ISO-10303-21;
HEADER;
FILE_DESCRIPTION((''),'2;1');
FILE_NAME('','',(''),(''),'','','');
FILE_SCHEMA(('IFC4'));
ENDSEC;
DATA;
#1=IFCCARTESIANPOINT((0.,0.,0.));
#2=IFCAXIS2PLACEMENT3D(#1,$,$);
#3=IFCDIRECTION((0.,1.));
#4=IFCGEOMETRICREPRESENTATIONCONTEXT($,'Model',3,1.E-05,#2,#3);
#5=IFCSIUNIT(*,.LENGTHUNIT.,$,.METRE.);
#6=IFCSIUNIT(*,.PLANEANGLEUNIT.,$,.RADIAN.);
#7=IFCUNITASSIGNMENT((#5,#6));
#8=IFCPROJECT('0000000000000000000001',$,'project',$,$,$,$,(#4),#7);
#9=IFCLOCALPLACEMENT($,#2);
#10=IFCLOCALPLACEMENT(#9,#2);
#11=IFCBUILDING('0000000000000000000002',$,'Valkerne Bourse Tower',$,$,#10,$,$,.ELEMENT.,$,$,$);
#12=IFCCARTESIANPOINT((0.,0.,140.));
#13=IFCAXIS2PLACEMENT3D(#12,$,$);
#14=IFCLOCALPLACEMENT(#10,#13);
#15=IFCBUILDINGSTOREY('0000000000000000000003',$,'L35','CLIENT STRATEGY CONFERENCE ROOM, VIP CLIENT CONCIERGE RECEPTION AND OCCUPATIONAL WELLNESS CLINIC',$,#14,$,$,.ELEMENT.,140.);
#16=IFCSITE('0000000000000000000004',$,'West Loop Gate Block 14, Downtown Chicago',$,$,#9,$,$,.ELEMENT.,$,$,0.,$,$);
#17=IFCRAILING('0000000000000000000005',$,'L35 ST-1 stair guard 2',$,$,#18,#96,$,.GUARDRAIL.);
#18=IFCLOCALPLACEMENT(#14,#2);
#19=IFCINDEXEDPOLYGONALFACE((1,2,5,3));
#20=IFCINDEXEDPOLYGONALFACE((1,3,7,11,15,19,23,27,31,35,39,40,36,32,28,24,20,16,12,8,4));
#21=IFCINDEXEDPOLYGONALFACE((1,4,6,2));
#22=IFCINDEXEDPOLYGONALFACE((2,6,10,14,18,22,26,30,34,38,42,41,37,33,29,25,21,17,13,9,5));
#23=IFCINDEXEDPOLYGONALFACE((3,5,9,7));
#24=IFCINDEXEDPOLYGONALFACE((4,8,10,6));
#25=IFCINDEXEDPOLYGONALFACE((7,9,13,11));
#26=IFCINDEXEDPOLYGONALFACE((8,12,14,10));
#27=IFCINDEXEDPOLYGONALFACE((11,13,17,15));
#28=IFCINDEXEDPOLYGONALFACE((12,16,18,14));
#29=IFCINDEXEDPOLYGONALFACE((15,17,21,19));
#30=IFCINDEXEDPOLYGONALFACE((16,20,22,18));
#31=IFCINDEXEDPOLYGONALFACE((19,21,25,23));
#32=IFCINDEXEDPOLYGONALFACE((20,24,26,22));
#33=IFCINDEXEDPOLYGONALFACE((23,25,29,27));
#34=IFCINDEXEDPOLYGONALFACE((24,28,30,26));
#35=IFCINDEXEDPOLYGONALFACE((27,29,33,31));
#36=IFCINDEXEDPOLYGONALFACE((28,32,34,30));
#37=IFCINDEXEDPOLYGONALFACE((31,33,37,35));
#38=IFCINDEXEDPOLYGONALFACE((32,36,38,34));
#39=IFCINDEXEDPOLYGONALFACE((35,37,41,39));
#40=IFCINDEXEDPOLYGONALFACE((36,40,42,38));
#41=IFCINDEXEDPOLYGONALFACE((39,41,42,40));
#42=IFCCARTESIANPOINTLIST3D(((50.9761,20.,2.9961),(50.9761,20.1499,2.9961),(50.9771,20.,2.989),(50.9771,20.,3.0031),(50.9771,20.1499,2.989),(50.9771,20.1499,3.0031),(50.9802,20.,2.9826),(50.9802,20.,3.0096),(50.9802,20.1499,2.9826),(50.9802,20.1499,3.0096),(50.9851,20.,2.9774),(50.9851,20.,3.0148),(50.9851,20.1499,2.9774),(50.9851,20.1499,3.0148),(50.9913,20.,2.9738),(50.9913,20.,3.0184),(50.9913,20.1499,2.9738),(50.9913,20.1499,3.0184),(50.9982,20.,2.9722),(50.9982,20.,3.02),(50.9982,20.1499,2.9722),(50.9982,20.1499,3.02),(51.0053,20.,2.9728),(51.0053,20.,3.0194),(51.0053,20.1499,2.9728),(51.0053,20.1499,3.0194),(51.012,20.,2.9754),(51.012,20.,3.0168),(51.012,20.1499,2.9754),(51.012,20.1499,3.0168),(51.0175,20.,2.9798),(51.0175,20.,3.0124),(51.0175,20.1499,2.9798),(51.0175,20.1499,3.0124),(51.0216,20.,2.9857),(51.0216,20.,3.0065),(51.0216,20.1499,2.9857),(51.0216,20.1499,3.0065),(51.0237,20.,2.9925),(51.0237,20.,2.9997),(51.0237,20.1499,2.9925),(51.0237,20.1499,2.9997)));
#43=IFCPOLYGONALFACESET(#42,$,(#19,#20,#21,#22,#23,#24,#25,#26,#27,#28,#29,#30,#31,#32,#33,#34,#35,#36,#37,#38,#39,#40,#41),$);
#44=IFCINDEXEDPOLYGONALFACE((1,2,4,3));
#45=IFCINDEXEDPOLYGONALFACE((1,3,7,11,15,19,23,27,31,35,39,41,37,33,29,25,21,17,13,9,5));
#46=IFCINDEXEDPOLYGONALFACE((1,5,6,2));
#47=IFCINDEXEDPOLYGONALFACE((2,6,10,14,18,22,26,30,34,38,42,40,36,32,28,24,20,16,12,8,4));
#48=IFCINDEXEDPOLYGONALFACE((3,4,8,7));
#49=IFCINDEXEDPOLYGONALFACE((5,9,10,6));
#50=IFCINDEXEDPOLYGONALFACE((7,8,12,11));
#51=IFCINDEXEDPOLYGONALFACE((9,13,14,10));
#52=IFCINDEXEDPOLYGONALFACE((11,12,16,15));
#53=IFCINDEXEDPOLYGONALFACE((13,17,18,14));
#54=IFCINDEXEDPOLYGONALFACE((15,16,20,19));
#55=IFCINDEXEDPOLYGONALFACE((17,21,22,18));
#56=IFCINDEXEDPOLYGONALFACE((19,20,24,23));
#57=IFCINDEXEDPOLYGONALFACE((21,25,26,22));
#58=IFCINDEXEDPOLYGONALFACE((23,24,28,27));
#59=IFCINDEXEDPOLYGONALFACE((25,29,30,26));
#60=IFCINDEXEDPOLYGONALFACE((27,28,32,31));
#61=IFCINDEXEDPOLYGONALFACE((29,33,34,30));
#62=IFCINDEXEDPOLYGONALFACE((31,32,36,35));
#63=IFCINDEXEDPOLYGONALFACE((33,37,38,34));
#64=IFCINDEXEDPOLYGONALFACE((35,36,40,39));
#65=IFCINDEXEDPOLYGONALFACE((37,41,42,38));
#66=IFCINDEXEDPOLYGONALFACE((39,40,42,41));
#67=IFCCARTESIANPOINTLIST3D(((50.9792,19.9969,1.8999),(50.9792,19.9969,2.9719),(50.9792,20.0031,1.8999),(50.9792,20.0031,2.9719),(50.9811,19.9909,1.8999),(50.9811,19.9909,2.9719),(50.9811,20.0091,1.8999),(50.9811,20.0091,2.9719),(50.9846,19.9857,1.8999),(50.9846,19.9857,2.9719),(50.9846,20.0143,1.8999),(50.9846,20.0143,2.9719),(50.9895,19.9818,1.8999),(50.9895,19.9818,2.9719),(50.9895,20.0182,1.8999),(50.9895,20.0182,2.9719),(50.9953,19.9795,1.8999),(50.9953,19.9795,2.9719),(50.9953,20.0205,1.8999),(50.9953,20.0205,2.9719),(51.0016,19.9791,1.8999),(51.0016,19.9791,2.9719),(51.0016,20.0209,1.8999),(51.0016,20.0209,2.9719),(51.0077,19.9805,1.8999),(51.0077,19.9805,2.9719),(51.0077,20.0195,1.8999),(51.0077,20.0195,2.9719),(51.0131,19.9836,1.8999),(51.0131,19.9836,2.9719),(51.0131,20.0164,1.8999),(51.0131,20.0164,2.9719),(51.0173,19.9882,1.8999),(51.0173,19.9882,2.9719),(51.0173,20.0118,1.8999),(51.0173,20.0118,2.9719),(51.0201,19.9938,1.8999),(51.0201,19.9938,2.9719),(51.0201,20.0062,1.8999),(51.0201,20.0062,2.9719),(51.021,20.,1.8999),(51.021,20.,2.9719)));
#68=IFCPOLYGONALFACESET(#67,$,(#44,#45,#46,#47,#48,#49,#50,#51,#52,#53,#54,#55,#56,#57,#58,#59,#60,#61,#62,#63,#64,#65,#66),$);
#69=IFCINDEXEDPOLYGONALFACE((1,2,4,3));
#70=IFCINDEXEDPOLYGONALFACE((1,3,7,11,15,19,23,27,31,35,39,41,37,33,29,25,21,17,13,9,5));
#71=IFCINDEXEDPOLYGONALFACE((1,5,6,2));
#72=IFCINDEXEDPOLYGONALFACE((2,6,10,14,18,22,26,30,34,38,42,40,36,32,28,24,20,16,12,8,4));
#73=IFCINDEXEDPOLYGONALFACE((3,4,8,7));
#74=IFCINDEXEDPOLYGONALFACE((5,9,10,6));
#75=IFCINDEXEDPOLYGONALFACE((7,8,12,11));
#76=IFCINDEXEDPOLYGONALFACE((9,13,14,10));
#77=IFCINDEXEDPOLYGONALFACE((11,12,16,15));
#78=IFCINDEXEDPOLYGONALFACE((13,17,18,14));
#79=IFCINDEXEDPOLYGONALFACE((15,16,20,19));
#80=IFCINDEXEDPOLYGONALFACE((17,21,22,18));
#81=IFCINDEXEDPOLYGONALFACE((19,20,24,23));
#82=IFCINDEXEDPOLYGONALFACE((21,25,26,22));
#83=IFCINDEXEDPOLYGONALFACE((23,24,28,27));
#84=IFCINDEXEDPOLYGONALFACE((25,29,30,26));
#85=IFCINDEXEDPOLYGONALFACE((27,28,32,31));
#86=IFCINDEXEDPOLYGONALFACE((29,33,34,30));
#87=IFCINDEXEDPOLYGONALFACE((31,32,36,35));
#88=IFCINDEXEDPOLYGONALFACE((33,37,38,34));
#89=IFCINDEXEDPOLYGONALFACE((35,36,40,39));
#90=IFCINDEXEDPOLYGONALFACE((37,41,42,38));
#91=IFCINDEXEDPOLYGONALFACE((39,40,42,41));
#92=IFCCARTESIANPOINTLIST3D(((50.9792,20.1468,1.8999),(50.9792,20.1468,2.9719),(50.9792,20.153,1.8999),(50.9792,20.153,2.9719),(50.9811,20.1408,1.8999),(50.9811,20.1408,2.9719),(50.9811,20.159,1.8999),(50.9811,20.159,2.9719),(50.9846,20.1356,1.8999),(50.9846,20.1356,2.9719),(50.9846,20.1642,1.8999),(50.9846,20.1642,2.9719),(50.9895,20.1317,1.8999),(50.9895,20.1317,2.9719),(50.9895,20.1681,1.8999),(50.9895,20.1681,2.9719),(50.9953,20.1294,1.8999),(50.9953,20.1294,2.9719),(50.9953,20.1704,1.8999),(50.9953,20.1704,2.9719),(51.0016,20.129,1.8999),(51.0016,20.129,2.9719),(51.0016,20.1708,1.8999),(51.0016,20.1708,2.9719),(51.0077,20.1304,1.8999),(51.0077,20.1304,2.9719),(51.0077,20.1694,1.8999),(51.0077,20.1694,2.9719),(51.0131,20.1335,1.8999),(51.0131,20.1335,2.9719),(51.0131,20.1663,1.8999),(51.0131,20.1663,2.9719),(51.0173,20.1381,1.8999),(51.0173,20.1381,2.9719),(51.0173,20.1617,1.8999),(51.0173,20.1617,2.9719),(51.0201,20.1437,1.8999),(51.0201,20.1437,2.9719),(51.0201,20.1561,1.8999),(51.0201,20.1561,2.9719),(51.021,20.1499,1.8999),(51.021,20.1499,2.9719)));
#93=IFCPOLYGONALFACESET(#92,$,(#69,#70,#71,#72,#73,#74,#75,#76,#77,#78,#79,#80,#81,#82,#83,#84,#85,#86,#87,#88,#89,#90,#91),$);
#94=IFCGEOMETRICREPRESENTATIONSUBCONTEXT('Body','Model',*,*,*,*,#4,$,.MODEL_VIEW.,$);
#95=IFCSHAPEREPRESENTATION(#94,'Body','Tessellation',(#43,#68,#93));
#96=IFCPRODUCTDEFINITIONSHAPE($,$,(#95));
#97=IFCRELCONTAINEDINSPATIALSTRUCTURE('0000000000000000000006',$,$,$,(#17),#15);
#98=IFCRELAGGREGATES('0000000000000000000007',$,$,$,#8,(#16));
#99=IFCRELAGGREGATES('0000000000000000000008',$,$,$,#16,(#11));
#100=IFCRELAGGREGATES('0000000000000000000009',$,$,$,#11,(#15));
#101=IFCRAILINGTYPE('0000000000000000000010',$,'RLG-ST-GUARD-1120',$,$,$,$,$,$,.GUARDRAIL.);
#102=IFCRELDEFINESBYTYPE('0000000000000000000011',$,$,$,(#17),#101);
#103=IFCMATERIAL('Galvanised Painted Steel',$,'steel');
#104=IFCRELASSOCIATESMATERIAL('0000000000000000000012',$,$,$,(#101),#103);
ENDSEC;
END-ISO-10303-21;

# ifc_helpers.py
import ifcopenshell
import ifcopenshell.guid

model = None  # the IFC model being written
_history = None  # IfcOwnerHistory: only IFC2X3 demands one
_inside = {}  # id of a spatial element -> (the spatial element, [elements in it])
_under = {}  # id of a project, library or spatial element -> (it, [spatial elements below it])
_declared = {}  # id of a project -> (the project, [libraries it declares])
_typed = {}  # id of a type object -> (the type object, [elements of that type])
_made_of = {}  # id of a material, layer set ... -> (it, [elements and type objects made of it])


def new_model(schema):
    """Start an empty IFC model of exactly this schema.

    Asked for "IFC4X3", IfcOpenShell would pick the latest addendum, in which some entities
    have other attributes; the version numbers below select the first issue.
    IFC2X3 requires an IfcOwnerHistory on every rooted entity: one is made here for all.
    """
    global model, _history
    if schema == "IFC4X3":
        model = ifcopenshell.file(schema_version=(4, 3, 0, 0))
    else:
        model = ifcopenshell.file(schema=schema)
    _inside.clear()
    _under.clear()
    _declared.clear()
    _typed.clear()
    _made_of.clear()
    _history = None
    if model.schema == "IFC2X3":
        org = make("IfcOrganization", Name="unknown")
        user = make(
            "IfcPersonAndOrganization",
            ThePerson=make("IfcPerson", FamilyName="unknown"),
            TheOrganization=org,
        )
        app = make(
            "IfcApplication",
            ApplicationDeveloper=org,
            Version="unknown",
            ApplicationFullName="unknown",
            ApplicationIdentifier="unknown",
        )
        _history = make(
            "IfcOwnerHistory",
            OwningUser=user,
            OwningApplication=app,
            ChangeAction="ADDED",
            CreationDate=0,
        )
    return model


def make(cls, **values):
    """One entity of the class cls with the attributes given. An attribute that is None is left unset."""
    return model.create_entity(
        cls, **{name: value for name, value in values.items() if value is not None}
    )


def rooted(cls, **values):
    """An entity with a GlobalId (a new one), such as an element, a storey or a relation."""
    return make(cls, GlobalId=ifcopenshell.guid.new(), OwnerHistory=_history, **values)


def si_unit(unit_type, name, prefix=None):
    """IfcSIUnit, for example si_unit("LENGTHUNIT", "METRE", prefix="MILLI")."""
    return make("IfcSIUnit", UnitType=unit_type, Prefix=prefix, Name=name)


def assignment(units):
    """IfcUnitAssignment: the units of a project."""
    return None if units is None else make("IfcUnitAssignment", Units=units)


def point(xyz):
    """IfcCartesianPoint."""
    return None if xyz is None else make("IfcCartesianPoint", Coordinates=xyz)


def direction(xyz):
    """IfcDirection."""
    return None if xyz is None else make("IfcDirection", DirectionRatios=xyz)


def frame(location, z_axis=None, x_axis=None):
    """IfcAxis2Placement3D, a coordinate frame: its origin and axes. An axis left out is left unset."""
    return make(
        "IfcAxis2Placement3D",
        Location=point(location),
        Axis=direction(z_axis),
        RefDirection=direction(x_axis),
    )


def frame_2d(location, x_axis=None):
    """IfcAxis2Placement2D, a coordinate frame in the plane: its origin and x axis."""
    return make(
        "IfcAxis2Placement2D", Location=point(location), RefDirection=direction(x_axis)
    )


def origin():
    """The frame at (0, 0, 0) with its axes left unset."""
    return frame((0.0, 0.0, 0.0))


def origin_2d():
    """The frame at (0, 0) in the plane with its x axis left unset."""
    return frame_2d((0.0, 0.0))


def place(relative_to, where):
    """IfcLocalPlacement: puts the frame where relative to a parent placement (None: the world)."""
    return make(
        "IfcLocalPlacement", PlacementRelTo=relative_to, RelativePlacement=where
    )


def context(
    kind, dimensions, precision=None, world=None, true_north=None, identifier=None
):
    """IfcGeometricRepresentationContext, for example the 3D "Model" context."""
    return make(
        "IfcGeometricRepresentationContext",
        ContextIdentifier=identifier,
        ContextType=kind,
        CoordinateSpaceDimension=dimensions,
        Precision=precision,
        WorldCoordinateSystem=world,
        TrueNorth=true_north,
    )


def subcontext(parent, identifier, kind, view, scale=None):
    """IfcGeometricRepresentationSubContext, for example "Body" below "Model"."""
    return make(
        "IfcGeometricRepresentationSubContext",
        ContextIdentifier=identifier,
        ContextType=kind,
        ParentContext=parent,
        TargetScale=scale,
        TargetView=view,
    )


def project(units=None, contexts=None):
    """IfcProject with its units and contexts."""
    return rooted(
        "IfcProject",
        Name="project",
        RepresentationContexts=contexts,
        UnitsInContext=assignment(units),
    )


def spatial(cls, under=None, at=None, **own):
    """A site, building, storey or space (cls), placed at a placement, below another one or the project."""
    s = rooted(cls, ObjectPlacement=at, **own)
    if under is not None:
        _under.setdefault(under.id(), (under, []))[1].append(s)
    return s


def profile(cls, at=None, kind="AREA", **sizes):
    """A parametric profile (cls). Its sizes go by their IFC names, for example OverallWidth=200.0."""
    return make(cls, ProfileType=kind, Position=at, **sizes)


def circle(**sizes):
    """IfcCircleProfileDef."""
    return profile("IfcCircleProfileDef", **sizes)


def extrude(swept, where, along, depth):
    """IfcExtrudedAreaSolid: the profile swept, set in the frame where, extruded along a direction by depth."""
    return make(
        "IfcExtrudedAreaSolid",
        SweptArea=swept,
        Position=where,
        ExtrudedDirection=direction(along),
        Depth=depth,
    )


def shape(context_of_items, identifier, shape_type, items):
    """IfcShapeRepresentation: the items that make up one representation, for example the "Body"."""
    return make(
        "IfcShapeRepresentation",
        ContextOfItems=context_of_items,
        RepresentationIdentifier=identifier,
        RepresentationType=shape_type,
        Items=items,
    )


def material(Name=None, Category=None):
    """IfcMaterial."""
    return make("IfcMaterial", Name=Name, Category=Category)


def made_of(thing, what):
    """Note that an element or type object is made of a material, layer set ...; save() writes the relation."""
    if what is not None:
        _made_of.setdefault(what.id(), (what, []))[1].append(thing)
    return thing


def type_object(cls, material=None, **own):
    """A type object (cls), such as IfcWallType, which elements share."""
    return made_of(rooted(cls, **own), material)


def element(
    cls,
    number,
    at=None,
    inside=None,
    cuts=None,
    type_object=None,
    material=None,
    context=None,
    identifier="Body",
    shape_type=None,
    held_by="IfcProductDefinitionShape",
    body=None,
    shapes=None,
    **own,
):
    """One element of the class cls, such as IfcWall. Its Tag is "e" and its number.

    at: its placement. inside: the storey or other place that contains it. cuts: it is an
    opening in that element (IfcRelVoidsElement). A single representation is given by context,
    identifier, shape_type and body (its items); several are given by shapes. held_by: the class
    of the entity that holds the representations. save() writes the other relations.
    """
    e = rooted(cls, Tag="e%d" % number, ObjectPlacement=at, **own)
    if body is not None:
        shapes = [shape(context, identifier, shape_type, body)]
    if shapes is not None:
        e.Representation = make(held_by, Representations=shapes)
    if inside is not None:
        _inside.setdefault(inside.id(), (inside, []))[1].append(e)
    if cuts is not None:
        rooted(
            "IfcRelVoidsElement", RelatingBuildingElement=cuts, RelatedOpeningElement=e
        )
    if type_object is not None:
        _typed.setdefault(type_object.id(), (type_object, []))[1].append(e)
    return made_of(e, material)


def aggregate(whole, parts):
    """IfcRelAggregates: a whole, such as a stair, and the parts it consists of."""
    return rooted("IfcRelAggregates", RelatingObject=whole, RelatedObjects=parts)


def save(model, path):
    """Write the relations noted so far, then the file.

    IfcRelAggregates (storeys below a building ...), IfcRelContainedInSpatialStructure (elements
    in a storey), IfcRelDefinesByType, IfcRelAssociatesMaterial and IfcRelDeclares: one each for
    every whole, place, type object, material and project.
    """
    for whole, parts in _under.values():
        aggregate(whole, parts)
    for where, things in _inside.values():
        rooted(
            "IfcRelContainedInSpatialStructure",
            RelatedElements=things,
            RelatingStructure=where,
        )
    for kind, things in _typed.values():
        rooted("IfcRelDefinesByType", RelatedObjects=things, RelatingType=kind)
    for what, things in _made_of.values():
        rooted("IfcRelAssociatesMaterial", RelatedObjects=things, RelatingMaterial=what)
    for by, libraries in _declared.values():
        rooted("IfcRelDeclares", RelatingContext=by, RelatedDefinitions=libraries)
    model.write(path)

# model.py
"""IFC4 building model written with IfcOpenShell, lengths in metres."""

from ifc_helpers import new_model, si_unit, direction, frame, origin, origin_2d, place, context, subcontext, project, spatial, circle, extrude, material, type_object, element, save


model = new_model("IFC4")

# Units and contexts
model_context = context("Model", 3, precision=1e-05, world=origin(), true_north=direction((0.0, 1.0)))
body_context = subcontext(model_context, "Body", "Model", "MODEL_VIEW")
ifc_project = project(units=[si_unit("LENGTHUNIT", "METRE"), si_unit("PLANEANGLEUNIT", "RADIAN")], contexts=[model_context])

# Site, building, storey
site_placement = place(None, origin())
site = spatial("IfcSite", under=ifc_project, at=site_placement, Name="West Loop Gate Block 14, Downtown Chicago", CompositionType="ELEMENT", RefElevation=0.0)
building_placement = place(site_placement, origin())
building = spatial("IfcBuilding", under=site, at=building_placement, Name="Valkerne Bourse Tower", CompositionType="ELEMENT")
storey_placement = place(building_placement, frame((0.0, 0.0, 140.0)))
storey = spatial("IfcBuildingStorey", under=building, at=storey_placement, Name="L35", Description="CLIENT STRATEGY CONFERENCE ROOM, VIP CLIENT CONCIERGE RECEPTION AND OCCUPATIONAL WELLNESS CLINIC", CompositionType="ELEMENT", Elevation=140.0)

# Shared definitions
ifc_material_1 = material(Name="Galvanised Painted Steel", Category="steel")

# Railing
railing_type_1 = type_object("IfcRailingType", Name="RLG-ST-GUARD-1120", PredefinedType="GUARDRAIL", material=ifc_material_1)
railing_1_placement = place(storey_placement, frame((51.0, 20.0, 1.8999)))
element("IfcRailing", 1, at=railing_1_placement, inside=storey, type_object=railing_type_1, Name="L35 ST-1 stair guard 2", PredefinedType="GUARDRAIL", context=body_context, shape_type="SweptSolid", body=[
    extrude(circle(Radius=0.0239, at=origin_2d()), frame((0.0, 0.0, 1.0962), z_axis=(0.0, 1.0, 0.0), x_axis=(-1.0, 0.0, 0.0)), (0.0, 0.0, 1.0), 0.1499),
    extrude(circle(Radius=0.021, at=origin_2d()), origin(), (0.0, 0.0, 1.0), 1.072),
    extrude(circle(Radius=0.021, at=origin_2d()), frame((0.0, 0.1499, 0.0)), (0.0, 0.0, 1.0), 1.072),
])

save(model, "model.ifc")
